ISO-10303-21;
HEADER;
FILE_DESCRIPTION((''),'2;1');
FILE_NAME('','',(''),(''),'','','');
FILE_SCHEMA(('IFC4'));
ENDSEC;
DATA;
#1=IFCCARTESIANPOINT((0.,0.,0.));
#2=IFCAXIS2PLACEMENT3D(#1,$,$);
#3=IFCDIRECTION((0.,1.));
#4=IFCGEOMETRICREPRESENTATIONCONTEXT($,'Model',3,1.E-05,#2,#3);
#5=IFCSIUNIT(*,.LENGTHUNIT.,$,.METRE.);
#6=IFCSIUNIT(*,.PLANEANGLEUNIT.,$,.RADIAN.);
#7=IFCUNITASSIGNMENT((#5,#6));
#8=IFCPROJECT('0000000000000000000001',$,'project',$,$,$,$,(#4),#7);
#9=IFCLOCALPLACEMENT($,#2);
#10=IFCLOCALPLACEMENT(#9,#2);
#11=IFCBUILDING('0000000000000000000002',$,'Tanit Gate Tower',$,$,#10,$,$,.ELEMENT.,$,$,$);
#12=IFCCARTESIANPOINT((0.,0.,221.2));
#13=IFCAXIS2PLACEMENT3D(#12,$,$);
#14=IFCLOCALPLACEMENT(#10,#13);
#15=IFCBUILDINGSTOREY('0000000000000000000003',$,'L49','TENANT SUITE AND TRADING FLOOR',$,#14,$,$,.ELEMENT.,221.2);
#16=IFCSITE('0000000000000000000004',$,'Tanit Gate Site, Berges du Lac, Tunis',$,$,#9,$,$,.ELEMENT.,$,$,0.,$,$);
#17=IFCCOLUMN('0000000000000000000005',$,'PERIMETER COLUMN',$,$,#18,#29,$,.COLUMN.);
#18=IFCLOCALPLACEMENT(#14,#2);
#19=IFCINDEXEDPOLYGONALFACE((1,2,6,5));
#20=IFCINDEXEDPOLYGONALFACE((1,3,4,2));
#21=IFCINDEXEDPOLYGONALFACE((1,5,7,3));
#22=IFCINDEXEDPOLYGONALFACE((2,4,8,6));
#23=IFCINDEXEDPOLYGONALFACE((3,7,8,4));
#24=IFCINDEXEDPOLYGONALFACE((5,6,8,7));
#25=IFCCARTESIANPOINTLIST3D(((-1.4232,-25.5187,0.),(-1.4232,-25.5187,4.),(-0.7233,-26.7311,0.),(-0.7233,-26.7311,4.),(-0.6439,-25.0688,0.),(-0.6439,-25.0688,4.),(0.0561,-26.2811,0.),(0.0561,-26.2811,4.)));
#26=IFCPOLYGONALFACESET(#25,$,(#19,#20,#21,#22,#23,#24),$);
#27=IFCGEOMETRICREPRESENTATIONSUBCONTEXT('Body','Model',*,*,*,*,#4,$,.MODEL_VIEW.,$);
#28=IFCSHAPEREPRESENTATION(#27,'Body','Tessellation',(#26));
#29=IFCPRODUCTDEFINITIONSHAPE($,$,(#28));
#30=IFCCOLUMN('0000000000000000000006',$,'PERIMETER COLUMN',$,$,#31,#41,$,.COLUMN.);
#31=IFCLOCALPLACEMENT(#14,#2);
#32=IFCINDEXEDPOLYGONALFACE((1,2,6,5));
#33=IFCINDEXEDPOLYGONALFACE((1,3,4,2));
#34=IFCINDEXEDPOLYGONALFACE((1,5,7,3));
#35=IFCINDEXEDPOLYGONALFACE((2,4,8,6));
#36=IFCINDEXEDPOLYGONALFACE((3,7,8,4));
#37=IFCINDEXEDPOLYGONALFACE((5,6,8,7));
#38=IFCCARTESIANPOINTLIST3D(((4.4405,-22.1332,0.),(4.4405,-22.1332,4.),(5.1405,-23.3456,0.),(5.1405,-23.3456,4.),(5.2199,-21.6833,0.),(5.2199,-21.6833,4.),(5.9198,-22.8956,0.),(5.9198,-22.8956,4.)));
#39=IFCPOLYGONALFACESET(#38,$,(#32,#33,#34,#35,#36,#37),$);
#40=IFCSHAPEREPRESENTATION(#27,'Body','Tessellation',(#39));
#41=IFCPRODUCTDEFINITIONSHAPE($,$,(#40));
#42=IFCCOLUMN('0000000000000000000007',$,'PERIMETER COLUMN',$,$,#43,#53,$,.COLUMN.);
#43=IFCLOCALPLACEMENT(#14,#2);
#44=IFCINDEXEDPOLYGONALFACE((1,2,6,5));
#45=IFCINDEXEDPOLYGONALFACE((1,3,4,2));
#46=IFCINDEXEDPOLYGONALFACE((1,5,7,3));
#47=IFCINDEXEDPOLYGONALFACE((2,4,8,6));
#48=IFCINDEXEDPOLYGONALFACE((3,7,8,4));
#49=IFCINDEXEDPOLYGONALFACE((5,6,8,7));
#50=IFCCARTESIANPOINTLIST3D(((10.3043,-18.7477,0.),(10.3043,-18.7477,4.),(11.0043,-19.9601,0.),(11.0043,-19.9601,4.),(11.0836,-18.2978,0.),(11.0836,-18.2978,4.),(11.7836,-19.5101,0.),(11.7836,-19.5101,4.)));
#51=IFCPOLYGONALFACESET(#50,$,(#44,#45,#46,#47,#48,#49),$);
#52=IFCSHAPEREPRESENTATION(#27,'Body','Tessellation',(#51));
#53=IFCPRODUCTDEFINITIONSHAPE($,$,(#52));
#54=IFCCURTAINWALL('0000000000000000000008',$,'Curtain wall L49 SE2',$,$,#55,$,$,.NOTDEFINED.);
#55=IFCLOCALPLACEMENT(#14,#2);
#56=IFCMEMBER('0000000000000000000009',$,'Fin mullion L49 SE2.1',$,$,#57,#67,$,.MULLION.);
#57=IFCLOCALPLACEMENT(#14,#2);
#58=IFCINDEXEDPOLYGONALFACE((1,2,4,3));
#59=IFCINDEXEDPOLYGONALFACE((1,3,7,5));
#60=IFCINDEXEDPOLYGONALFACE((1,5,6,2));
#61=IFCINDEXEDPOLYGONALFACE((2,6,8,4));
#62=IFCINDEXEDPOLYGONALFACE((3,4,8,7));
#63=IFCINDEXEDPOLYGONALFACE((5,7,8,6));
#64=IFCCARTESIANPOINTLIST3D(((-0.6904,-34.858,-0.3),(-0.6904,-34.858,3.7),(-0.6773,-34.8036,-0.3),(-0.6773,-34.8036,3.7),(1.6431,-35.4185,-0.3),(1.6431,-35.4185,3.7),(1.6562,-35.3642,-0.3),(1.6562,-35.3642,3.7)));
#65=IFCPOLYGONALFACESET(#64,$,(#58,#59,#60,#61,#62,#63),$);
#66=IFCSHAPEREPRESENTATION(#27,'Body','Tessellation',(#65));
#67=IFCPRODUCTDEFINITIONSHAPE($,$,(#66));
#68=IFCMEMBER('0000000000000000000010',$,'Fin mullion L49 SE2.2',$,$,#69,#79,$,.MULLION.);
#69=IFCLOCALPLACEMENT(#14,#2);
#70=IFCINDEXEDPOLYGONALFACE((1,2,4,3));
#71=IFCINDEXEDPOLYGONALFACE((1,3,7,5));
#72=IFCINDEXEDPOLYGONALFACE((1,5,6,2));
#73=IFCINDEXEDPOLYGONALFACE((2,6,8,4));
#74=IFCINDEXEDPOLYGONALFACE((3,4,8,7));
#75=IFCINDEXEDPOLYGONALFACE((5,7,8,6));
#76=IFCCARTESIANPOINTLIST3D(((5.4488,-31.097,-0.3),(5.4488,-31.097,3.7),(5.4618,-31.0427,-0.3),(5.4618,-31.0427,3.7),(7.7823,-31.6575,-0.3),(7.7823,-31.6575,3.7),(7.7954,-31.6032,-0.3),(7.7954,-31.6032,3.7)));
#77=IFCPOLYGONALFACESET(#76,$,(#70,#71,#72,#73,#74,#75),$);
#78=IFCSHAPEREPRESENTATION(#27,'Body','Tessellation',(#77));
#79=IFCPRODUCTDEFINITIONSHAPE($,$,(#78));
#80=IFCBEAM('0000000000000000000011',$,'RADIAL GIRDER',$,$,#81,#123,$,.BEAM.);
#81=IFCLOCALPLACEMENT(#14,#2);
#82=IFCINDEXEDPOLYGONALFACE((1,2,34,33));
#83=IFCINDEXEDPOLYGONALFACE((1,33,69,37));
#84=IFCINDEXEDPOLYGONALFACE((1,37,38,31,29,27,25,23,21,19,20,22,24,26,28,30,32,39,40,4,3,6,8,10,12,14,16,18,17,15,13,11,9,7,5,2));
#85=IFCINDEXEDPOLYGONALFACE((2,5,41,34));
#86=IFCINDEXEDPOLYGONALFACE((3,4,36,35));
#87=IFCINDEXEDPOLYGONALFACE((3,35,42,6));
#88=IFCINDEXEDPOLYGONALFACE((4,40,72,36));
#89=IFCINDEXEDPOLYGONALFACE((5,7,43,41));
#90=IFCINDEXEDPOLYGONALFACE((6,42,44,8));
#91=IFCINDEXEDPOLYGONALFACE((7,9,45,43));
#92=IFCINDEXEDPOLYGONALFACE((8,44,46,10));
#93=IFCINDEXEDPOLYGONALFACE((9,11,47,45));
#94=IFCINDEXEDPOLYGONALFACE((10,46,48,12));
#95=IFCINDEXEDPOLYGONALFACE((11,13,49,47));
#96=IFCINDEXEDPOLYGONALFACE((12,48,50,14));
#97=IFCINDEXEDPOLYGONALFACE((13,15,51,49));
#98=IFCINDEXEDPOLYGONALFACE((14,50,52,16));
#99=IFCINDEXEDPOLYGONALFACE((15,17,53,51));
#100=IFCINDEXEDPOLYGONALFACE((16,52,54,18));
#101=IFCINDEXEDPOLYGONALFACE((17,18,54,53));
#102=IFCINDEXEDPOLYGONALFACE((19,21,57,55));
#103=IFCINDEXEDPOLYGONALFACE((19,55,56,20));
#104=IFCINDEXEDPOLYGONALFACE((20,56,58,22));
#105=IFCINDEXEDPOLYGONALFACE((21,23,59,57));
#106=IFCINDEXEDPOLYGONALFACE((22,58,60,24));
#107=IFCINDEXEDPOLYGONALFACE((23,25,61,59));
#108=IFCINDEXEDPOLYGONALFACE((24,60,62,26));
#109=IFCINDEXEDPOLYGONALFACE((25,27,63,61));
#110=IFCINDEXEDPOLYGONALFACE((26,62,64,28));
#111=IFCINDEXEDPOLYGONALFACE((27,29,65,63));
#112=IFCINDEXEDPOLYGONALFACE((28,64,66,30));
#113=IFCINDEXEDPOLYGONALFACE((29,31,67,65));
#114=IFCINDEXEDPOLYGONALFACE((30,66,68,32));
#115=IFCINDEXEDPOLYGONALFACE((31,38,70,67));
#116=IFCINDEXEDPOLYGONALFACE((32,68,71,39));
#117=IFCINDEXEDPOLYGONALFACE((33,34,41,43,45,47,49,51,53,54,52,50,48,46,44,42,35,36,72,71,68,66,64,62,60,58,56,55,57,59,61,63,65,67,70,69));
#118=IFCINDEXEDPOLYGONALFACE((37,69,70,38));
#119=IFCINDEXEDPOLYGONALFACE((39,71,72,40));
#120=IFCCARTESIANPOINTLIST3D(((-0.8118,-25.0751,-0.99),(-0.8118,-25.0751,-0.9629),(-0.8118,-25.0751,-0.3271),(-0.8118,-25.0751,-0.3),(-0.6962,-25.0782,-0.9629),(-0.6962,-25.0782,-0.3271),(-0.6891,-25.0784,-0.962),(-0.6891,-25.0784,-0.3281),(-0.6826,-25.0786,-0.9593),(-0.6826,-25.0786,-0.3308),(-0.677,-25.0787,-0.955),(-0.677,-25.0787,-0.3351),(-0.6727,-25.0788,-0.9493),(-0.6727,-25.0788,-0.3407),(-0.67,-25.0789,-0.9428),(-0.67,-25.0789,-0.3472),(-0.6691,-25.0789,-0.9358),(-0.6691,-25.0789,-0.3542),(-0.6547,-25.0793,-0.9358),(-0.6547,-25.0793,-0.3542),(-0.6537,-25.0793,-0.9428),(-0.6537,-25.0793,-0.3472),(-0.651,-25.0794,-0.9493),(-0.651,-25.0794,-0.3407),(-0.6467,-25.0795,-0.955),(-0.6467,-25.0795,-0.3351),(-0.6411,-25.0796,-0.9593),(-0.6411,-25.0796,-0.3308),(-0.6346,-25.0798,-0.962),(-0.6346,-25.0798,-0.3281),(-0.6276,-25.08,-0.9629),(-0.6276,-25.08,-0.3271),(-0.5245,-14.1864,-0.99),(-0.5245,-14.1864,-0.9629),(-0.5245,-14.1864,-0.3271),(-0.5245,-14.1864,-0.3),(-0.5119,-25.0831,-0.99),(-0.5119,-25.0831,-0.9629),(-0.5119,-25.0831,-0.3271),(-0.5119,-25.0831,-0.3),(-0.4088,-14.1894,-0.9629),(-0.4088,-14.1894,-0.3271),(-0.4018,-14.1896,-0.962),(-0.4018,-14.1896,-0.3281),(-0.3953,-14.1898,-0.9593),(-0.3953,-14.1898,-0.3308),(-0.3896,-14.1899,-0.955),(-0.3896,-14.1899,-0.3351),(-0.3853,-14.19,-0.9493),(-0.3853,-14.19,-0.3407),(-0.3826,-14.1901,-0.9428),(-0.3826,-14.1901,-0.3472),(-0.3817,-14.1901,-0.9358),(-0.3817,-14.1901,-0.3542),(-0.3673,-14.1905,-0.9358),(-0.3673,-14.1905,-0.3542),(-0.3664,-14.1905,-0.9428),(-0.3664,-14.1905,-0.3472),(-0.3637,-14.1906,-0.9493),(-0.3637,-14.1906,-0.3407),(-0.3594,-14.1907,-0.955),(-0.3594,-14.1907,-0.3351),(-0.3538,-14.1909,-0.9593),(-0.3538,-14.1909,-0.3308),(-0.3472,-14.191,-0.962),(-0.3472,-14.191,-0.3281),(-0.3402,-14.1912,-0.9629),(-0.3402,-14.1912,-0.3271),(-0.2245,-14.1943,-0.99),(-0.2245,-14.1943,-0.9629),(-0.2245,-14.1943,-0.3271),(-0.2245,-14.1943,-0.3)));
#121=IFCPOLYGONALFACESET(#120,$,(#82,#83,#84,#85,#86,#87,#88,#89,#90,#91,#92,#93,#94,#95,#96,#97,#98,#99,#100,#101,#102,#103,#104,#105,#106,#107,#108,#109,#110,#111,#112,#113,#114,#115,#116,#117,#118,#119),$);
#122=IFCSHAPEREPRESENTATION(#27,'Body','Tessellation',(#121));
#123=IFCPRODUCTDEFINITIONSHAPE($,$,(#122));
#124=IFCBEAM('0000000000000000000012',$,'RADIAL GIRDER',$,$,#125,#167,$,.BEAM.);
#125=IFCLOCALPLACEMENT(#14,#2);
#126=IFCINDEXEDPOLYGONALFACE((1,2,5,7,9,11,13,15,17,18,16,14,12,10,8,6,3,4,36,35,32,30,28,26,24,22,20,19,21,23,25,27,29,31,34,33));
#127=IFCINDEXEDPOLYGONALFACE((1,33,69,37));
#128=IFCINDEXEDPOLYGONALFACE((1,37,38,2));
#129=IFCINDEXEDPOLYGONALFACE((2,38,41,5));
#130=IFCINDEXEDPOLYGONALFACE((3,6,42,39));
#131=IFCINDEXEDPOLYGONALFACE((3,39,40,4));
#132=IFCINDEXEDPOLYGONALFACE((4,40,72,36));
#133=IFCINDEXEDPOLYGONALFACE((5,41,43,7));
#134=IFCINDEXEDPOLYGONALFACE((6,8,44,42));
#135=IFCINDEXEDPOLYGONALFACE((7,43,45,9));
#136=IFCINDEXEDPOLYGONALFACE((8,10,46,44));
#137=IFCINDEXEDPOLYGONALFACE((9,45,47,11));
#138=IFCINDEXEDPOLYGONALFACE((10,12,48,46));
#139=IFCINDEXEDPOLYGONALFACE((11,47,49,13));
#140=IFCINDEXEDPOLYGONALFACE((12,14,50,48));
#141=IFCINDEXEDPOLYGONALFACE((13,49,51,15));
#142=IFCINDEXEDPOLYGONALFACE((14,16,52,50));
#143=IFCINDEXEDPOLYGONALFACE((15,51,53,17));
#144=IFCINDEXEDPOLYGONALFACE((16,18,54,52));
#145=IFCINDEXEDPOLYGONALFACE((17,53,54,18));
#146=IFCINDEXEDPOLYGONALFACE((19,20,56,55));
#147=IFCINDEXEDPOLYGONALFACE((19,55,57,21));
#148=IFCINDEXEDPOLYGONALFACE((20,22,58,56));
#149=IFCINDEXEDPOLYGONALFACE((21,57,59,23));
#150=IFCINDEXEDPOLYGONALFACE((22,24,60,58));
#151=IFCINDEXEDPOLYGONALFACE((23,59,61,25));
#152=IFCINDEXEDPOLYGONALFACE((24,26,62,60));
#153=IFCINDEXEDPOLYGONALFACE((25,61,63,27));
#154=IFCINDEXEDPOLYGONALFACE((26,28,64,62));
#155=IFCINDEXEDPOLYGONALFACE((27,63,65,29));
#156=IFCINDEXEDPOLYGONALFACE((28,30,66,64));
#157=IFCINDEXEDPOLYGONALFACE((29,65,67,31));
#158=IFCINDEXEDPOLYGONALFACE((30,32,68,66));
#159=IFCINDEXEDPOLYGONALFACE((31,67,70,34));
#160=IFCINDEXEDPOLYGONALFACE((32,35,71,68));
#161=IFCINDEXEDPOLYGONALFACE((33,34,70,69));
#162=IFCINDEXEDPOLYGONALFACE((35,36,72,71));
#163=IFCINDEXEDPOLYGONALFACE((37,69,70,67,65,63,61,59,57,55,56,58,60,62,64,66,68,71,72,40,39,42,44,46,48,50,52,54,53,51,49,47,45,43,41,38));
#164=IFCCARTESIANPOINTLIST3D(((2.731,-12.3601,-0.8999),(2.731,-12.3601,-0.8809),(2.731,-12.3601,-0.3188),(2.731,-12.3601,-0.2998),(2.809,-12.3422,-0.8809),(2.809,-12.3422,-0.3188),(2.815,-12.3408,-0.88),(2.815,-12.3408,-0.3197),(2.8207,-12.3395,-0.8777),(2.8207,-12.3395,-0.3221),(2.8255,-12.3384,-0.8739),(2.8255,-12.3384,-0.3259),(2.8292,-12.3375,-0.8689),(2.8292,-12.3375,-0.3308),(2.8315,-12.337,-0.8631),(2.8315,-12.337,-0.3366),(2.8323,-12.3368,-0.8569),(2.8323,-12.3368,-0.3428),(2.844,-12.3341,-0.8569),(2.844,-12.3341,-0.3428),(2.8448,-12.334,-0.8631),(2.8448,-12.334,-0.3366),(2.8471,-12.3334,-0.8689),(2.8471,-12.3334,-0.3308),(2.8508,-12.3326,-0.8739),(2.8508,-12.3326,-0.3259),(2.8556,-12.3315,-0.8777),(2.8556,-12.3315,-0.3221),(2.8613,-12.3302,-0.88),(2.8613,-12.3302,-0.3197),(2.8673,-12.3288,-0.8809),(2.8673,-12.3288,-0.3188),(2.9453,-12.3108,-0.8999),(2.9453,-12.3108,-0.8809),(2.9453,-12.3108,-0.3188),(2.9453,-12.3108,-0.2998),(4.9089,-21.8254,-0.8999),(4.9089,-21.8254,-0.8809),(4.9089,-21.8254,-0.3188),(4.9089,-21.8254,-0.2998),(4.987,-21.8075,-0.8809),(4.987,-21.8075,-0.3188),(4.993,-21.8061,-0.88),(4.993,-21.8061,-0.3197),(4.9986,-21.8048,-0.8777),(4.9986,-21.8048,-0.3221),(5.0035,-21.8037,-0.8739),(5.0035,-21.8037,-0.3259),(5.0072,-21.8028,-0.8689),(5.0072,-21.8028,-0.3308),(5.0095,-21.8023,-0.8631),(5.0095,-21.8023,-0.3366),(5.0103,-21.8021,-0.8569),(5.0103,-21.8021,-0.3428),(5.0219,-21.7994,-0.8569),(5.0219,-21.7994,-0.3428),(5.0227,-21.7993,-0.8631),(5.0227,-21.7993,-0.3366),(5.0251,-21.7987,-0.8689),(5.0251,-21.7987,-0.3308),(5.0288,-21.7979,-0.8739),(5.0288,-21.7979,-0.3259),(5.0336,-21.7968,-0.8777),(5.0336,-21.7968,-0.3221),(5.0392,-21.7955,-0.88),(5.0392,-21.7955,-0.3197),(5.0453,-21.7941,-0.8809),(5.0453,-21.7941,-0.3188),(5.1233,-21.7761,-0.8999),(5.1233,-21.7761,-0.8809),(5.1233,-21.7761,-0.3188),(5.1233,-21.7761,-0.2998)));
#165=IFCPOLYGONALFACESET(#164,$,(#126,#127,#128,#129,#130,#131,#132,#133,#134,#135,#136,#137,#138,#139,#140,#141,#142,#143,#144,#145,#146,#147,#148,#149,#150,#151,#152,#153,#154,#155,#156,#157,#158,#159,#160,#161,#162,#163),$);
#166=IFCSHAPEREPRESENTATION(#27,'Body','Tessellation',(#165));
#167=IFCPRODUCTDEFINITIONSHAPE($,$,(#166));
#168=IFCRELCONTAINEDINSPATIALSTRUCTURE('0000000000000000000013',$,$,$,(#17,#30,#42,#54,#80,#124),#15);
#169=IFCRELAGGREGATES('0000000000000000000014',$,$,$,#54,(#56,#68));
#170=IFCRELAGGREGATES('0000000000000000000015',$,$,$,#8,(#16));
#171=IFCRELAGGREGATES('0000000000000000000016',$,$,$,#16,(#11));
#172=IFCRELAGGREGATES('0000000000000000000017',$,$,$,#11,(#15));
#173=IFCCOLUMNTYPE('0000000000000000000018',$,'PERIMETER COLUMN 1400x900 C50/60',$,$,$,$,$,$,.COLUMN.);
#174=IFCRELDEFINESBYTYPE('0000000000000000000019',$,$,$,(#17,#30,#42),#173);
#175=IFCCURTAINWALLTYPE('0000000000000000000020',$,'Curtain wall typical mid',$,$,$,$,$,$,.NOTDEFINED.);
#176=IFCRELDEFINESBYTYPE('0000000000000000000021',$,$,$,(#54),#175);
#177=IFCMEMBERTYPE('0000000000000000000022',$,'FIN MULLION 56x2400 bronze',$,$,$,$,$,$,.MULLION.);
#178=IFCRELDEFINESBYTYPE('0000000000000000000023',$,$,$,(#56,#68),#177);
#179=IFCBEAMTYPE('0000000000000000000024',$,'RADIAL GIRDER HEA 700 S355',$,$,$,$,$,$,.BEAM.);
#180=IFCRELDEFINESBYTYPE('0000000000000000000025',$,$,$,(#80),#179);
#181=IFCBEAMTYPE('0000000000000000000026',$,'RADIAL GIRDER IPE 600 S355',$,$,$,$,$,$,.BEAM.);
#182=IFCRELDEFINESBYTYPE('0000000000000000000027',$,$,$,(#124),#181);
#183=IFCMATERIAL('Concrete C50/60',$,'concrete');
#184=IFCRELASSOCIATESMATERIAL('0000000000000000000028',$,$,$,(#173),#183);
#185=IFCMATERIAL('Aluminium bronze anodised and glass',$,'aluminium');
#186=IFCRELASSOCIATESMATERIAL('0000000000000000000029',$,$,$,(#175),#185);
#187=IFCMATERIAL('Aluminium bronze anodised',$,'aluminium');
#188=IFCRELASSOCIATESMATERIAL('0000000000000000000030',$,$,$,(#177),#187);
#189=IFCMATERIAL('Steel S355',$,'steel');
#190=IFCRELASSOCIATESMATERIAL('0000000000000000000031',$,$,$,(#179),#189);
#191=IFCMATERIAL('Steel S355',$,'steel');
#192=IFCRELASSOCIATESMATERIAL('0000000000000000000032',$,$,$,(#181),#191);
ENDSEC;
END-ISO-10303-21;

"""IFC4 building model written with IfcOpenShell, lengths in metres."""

from ifc_helpers import new_model, si_unit, direction, frame, origin, origin_2d, place, context, subcontext, project, spatial, rectangle, i_section, extrude, material, material_profile, profile_set, type_object, element, aggregate, save


model = new_model("IFC4")

# Units and contexts
model_context = context("Model", 3, precision=1e-05, world=origin(), true_north=direction((0.0, 1.0)))
body_context = subcontext(model_context, "Body", "Model", "MODEL_VIEW")
ifc_project = project(units=[si_unit("LENGTHUNIT", "METRE"), si_unit("PLANEANGLEUNIT", "RADIAN")], contexts=[model_context])

# Site, building, storey
site_placement = place(None, origin())
site = spatial("IfcSite", under=ifc_project, at=site_placement, Name="Tanit Gate Site, Berges du Lac, Tunis", CompositionType="ELEMENT", RefElevation=0.0)
building_placement = place(site_placement, origin())
building = spatial("IfcBuilding", under=site, at=building_placement, Name="Tanit Gate Tower", CompositionType="ELEMENT")
storey_placement = place(building_placement, frame((0.0, 0.0, 221.2)))
storey = spatial("IfcBuildingStorey", under=building, at=storey_placement, Name="L49", Description="TENANT SUITE AND TRADING FLOOR", CompositionType="ELEMENT", Elevation=221.2)

# Columns
ifc_material_1 = material(Name="Concrete C50/60", Category="concrete")
ifc_material_profile_1 = material_profile(ifc_material_1, rectangle(XDim=1.3999, YDim=0.8999, at=origin_2d()), Name="RC 1400x900")
ifc_profile_set_1 = profile_set([ifc_material_profile_1], Name="Concrete C50/60")
column_type = type_object("IfcColumnType", Name="PERIMETER COLUMN 1400x900 C50/60", PredefinedType="COLUMN", material=ifc_profile_set_1)
for number, where, z_axis, x_axis, name in (
    (1, (-0.6836, -25.8999, 0.0), (0.0, 0.0, 1.0), (0.5, -0.866025, 0.0), "PERIMETER COLUMN"),
    (2, (5.1802, -22.5144, 0.0), (0.0, 0.0, 1.0), (0.5, -0.866025, 0.0), "PERIMETER COLUMN"),
    (3, (11.0439, -19.1289, 0.0), (0.0, 0.0, 1.0), (0.5, -0.866025, 0.0), "PERIMETER COLUMN"),
):
    element("IfcColumn", number, at=place(storey_placement, frame(where, z_axis=z_axis, x_axis=x_axis)), inside=storey, type_object=column_type, Name=name, PredefinedType="COLUMN", context=body_context, shape_type="SweptSolid", body=[
        extrude(rectangle(XDim=1.3999, YDim=0.8999, at=origin_2d()), origin(), (0.0, 0.0, 1.0), 4.0),
    ])

# Curtain wall, members
ifc_material_2 = material(Name="Aluminium bronze anodised and glass", Category="aluminium")
curtain_wall_type = type_object("IfcCurtainWallType", Name="Curtain wall typical mid", PredefinedType="NOTDEFINED", material=ifc_material_2)
curtain_wall_placement = place(storey_placement, origin())
curtain_wall = element("IfcCurtainWall", 4, at=curtain_wall_placement, inside=storey, type_object=curtain_wall_type, Name="Curtain wall L49 SE2", PredefinedType="NOTDEFINED")
ifc_material_3 = material(Name="Aluminium bronze anodised", Category="aluminium")
ifc_material_profile_2 = material_profile(ifc_material_3, rectangle(XDim=2.3999, YDim=0.0559, at=origin_2d()), Name="56x2400 bronze fin mullion")
ifc_profile_set_2 = profile_set([ifc_material_profile_2], Name="Aluminium bronze anodised")
member_type_1 = type_object("IfcMemberType", Name="FIN MULLION 56x2400 bronze", PredefinedType="MULLION", material=ifc_profile_set_2)
member_1_placement = place(storey_placement, frame((0.4829, -35.1111, -0.3), z_axis=(0.0, 0.0, 1.0), x_axis=(-0.972343, 0.233557, 0.0)))
member_1 = element("IfcMember", 5, at=member_1_placement, type_object=member_type_1, Name="Fin mullion L49 SE2.1", PredefinedType="MULLION", context=body_context, shape_type="SweptSolid", body=[
    extrude(rectangle(XDim=2.3999, YDim=0.0559, at=origin_2d()), origin(), (0.0, 0.0, 1.0), 4.0),
])
member_2_placement = place(storey_placement, frame((6.6221, -31.3501, -0.3), z_axis=(0.0, 0.0, 1.0), x_axis=(-0.972343, 0.233557, 0.0)))
member_2 = element("IfcMember", 6, at=member_2_placement, type_object=member_type_1, Name="Fin mullion L49 SE2.2", PredefinedType="MULLION", context=body_context, shape_type="SweptSolid", body=[
    extrude(rectangle(XDim=2.3999, YDim=0.0559, at=origin_2d()), origin(), (0.0, 0.0, 1.0), 4.0),
])

# Beams
ifc_material_4 = material(Name="Steel S355", Category="steel")
ifc_material_profile_3 = material_profile(ifc_material_4, i_section(OverallWidth=0.3, OverallDepth=0.6899, WebThickness=0.0144, FlangeThickness=0.0271, FilletRadius=0.0271, at=origin_2d()), Name="HEA 700")
ifc_profile_set_3 = profile_set([ifc_material_profile_3], Name="Steel S355")
beam_type_1 = type_object("IfcBeamType", Name="RADIAL GIRDER HEA 700 S355", PredefinedType="BEAM", material=ifc_profile_set_3)
beam_1_placement = place(storey_placement, frame((-0.6619, -25.0791, -0.645), z_axis=(0.026381, 0.999652, 0.0), x_axis=(-0.999652, 0.026381, 0.0)))
element("IfcBeam", 7, at=beam_1_placement, inside=storey, type_object=beam_type_1, Name="RADIAL GIRDER", PredefinedType="BEAM", context=body_context, shape_type="SweptSolid", body=[
    extrude(i_section(OverallWidth=0.3, OverallDepth=0.6899, WebThickness=0.0144, FlangeThickness=0.0271, FilletRadius=0.0271, at=origin_2d()), origin(), (0.0, 0.0, 1.0), 10.8926),
])
ifc_material_5 = material(Name="Steel S355", Category="steel")
ifc_material_profile_4 = material_profile(ifc_material_5, i_section(OverallWidth=0.22, OverallDepth=0.6001, WebThickness=0.012, FlangeThickness=0.019, FilletRadius=0.0239, at=origin_2d()), Name="IPE 600")
ifc_profile_set_4 = profile_set([ifc_material_profile_4], Name="Steel S355")
beam_type_2 = type_object("IfcBeamType", Name="RADIAL GIRDER IPE 600 S355", PredefinedType="BEAM", material=ifc_profile_set_4)
beam_2_placement = place(storey_placement, frame((5.0161, -21.8008, -0.5999), z_axis=(-0.224241, 0.974534, 0.0), x_axis=(-0.974534, -0.224241, 0.0)))
element("IfcBeam", 8, at=beam_2_placement, inside=storey, type_object=beam_type_2, Name="RADIAL GIRDER", PredefinedType="BEAM", context=body_context, shape_type="SweptSolid", body=[
    extrude(i_section(OverallWidth=0.22, OverallDepth=0.6001, WebThickness=0.012, FlangeThickness=0.019, FilletRadius=0.0239, at=origin_2d()), origin(), (0.0, 0.0, 1.0), 9.7126),
])

aggregate(curtain_wall, [member_1, member_2])

save(model, "model.ifc")
